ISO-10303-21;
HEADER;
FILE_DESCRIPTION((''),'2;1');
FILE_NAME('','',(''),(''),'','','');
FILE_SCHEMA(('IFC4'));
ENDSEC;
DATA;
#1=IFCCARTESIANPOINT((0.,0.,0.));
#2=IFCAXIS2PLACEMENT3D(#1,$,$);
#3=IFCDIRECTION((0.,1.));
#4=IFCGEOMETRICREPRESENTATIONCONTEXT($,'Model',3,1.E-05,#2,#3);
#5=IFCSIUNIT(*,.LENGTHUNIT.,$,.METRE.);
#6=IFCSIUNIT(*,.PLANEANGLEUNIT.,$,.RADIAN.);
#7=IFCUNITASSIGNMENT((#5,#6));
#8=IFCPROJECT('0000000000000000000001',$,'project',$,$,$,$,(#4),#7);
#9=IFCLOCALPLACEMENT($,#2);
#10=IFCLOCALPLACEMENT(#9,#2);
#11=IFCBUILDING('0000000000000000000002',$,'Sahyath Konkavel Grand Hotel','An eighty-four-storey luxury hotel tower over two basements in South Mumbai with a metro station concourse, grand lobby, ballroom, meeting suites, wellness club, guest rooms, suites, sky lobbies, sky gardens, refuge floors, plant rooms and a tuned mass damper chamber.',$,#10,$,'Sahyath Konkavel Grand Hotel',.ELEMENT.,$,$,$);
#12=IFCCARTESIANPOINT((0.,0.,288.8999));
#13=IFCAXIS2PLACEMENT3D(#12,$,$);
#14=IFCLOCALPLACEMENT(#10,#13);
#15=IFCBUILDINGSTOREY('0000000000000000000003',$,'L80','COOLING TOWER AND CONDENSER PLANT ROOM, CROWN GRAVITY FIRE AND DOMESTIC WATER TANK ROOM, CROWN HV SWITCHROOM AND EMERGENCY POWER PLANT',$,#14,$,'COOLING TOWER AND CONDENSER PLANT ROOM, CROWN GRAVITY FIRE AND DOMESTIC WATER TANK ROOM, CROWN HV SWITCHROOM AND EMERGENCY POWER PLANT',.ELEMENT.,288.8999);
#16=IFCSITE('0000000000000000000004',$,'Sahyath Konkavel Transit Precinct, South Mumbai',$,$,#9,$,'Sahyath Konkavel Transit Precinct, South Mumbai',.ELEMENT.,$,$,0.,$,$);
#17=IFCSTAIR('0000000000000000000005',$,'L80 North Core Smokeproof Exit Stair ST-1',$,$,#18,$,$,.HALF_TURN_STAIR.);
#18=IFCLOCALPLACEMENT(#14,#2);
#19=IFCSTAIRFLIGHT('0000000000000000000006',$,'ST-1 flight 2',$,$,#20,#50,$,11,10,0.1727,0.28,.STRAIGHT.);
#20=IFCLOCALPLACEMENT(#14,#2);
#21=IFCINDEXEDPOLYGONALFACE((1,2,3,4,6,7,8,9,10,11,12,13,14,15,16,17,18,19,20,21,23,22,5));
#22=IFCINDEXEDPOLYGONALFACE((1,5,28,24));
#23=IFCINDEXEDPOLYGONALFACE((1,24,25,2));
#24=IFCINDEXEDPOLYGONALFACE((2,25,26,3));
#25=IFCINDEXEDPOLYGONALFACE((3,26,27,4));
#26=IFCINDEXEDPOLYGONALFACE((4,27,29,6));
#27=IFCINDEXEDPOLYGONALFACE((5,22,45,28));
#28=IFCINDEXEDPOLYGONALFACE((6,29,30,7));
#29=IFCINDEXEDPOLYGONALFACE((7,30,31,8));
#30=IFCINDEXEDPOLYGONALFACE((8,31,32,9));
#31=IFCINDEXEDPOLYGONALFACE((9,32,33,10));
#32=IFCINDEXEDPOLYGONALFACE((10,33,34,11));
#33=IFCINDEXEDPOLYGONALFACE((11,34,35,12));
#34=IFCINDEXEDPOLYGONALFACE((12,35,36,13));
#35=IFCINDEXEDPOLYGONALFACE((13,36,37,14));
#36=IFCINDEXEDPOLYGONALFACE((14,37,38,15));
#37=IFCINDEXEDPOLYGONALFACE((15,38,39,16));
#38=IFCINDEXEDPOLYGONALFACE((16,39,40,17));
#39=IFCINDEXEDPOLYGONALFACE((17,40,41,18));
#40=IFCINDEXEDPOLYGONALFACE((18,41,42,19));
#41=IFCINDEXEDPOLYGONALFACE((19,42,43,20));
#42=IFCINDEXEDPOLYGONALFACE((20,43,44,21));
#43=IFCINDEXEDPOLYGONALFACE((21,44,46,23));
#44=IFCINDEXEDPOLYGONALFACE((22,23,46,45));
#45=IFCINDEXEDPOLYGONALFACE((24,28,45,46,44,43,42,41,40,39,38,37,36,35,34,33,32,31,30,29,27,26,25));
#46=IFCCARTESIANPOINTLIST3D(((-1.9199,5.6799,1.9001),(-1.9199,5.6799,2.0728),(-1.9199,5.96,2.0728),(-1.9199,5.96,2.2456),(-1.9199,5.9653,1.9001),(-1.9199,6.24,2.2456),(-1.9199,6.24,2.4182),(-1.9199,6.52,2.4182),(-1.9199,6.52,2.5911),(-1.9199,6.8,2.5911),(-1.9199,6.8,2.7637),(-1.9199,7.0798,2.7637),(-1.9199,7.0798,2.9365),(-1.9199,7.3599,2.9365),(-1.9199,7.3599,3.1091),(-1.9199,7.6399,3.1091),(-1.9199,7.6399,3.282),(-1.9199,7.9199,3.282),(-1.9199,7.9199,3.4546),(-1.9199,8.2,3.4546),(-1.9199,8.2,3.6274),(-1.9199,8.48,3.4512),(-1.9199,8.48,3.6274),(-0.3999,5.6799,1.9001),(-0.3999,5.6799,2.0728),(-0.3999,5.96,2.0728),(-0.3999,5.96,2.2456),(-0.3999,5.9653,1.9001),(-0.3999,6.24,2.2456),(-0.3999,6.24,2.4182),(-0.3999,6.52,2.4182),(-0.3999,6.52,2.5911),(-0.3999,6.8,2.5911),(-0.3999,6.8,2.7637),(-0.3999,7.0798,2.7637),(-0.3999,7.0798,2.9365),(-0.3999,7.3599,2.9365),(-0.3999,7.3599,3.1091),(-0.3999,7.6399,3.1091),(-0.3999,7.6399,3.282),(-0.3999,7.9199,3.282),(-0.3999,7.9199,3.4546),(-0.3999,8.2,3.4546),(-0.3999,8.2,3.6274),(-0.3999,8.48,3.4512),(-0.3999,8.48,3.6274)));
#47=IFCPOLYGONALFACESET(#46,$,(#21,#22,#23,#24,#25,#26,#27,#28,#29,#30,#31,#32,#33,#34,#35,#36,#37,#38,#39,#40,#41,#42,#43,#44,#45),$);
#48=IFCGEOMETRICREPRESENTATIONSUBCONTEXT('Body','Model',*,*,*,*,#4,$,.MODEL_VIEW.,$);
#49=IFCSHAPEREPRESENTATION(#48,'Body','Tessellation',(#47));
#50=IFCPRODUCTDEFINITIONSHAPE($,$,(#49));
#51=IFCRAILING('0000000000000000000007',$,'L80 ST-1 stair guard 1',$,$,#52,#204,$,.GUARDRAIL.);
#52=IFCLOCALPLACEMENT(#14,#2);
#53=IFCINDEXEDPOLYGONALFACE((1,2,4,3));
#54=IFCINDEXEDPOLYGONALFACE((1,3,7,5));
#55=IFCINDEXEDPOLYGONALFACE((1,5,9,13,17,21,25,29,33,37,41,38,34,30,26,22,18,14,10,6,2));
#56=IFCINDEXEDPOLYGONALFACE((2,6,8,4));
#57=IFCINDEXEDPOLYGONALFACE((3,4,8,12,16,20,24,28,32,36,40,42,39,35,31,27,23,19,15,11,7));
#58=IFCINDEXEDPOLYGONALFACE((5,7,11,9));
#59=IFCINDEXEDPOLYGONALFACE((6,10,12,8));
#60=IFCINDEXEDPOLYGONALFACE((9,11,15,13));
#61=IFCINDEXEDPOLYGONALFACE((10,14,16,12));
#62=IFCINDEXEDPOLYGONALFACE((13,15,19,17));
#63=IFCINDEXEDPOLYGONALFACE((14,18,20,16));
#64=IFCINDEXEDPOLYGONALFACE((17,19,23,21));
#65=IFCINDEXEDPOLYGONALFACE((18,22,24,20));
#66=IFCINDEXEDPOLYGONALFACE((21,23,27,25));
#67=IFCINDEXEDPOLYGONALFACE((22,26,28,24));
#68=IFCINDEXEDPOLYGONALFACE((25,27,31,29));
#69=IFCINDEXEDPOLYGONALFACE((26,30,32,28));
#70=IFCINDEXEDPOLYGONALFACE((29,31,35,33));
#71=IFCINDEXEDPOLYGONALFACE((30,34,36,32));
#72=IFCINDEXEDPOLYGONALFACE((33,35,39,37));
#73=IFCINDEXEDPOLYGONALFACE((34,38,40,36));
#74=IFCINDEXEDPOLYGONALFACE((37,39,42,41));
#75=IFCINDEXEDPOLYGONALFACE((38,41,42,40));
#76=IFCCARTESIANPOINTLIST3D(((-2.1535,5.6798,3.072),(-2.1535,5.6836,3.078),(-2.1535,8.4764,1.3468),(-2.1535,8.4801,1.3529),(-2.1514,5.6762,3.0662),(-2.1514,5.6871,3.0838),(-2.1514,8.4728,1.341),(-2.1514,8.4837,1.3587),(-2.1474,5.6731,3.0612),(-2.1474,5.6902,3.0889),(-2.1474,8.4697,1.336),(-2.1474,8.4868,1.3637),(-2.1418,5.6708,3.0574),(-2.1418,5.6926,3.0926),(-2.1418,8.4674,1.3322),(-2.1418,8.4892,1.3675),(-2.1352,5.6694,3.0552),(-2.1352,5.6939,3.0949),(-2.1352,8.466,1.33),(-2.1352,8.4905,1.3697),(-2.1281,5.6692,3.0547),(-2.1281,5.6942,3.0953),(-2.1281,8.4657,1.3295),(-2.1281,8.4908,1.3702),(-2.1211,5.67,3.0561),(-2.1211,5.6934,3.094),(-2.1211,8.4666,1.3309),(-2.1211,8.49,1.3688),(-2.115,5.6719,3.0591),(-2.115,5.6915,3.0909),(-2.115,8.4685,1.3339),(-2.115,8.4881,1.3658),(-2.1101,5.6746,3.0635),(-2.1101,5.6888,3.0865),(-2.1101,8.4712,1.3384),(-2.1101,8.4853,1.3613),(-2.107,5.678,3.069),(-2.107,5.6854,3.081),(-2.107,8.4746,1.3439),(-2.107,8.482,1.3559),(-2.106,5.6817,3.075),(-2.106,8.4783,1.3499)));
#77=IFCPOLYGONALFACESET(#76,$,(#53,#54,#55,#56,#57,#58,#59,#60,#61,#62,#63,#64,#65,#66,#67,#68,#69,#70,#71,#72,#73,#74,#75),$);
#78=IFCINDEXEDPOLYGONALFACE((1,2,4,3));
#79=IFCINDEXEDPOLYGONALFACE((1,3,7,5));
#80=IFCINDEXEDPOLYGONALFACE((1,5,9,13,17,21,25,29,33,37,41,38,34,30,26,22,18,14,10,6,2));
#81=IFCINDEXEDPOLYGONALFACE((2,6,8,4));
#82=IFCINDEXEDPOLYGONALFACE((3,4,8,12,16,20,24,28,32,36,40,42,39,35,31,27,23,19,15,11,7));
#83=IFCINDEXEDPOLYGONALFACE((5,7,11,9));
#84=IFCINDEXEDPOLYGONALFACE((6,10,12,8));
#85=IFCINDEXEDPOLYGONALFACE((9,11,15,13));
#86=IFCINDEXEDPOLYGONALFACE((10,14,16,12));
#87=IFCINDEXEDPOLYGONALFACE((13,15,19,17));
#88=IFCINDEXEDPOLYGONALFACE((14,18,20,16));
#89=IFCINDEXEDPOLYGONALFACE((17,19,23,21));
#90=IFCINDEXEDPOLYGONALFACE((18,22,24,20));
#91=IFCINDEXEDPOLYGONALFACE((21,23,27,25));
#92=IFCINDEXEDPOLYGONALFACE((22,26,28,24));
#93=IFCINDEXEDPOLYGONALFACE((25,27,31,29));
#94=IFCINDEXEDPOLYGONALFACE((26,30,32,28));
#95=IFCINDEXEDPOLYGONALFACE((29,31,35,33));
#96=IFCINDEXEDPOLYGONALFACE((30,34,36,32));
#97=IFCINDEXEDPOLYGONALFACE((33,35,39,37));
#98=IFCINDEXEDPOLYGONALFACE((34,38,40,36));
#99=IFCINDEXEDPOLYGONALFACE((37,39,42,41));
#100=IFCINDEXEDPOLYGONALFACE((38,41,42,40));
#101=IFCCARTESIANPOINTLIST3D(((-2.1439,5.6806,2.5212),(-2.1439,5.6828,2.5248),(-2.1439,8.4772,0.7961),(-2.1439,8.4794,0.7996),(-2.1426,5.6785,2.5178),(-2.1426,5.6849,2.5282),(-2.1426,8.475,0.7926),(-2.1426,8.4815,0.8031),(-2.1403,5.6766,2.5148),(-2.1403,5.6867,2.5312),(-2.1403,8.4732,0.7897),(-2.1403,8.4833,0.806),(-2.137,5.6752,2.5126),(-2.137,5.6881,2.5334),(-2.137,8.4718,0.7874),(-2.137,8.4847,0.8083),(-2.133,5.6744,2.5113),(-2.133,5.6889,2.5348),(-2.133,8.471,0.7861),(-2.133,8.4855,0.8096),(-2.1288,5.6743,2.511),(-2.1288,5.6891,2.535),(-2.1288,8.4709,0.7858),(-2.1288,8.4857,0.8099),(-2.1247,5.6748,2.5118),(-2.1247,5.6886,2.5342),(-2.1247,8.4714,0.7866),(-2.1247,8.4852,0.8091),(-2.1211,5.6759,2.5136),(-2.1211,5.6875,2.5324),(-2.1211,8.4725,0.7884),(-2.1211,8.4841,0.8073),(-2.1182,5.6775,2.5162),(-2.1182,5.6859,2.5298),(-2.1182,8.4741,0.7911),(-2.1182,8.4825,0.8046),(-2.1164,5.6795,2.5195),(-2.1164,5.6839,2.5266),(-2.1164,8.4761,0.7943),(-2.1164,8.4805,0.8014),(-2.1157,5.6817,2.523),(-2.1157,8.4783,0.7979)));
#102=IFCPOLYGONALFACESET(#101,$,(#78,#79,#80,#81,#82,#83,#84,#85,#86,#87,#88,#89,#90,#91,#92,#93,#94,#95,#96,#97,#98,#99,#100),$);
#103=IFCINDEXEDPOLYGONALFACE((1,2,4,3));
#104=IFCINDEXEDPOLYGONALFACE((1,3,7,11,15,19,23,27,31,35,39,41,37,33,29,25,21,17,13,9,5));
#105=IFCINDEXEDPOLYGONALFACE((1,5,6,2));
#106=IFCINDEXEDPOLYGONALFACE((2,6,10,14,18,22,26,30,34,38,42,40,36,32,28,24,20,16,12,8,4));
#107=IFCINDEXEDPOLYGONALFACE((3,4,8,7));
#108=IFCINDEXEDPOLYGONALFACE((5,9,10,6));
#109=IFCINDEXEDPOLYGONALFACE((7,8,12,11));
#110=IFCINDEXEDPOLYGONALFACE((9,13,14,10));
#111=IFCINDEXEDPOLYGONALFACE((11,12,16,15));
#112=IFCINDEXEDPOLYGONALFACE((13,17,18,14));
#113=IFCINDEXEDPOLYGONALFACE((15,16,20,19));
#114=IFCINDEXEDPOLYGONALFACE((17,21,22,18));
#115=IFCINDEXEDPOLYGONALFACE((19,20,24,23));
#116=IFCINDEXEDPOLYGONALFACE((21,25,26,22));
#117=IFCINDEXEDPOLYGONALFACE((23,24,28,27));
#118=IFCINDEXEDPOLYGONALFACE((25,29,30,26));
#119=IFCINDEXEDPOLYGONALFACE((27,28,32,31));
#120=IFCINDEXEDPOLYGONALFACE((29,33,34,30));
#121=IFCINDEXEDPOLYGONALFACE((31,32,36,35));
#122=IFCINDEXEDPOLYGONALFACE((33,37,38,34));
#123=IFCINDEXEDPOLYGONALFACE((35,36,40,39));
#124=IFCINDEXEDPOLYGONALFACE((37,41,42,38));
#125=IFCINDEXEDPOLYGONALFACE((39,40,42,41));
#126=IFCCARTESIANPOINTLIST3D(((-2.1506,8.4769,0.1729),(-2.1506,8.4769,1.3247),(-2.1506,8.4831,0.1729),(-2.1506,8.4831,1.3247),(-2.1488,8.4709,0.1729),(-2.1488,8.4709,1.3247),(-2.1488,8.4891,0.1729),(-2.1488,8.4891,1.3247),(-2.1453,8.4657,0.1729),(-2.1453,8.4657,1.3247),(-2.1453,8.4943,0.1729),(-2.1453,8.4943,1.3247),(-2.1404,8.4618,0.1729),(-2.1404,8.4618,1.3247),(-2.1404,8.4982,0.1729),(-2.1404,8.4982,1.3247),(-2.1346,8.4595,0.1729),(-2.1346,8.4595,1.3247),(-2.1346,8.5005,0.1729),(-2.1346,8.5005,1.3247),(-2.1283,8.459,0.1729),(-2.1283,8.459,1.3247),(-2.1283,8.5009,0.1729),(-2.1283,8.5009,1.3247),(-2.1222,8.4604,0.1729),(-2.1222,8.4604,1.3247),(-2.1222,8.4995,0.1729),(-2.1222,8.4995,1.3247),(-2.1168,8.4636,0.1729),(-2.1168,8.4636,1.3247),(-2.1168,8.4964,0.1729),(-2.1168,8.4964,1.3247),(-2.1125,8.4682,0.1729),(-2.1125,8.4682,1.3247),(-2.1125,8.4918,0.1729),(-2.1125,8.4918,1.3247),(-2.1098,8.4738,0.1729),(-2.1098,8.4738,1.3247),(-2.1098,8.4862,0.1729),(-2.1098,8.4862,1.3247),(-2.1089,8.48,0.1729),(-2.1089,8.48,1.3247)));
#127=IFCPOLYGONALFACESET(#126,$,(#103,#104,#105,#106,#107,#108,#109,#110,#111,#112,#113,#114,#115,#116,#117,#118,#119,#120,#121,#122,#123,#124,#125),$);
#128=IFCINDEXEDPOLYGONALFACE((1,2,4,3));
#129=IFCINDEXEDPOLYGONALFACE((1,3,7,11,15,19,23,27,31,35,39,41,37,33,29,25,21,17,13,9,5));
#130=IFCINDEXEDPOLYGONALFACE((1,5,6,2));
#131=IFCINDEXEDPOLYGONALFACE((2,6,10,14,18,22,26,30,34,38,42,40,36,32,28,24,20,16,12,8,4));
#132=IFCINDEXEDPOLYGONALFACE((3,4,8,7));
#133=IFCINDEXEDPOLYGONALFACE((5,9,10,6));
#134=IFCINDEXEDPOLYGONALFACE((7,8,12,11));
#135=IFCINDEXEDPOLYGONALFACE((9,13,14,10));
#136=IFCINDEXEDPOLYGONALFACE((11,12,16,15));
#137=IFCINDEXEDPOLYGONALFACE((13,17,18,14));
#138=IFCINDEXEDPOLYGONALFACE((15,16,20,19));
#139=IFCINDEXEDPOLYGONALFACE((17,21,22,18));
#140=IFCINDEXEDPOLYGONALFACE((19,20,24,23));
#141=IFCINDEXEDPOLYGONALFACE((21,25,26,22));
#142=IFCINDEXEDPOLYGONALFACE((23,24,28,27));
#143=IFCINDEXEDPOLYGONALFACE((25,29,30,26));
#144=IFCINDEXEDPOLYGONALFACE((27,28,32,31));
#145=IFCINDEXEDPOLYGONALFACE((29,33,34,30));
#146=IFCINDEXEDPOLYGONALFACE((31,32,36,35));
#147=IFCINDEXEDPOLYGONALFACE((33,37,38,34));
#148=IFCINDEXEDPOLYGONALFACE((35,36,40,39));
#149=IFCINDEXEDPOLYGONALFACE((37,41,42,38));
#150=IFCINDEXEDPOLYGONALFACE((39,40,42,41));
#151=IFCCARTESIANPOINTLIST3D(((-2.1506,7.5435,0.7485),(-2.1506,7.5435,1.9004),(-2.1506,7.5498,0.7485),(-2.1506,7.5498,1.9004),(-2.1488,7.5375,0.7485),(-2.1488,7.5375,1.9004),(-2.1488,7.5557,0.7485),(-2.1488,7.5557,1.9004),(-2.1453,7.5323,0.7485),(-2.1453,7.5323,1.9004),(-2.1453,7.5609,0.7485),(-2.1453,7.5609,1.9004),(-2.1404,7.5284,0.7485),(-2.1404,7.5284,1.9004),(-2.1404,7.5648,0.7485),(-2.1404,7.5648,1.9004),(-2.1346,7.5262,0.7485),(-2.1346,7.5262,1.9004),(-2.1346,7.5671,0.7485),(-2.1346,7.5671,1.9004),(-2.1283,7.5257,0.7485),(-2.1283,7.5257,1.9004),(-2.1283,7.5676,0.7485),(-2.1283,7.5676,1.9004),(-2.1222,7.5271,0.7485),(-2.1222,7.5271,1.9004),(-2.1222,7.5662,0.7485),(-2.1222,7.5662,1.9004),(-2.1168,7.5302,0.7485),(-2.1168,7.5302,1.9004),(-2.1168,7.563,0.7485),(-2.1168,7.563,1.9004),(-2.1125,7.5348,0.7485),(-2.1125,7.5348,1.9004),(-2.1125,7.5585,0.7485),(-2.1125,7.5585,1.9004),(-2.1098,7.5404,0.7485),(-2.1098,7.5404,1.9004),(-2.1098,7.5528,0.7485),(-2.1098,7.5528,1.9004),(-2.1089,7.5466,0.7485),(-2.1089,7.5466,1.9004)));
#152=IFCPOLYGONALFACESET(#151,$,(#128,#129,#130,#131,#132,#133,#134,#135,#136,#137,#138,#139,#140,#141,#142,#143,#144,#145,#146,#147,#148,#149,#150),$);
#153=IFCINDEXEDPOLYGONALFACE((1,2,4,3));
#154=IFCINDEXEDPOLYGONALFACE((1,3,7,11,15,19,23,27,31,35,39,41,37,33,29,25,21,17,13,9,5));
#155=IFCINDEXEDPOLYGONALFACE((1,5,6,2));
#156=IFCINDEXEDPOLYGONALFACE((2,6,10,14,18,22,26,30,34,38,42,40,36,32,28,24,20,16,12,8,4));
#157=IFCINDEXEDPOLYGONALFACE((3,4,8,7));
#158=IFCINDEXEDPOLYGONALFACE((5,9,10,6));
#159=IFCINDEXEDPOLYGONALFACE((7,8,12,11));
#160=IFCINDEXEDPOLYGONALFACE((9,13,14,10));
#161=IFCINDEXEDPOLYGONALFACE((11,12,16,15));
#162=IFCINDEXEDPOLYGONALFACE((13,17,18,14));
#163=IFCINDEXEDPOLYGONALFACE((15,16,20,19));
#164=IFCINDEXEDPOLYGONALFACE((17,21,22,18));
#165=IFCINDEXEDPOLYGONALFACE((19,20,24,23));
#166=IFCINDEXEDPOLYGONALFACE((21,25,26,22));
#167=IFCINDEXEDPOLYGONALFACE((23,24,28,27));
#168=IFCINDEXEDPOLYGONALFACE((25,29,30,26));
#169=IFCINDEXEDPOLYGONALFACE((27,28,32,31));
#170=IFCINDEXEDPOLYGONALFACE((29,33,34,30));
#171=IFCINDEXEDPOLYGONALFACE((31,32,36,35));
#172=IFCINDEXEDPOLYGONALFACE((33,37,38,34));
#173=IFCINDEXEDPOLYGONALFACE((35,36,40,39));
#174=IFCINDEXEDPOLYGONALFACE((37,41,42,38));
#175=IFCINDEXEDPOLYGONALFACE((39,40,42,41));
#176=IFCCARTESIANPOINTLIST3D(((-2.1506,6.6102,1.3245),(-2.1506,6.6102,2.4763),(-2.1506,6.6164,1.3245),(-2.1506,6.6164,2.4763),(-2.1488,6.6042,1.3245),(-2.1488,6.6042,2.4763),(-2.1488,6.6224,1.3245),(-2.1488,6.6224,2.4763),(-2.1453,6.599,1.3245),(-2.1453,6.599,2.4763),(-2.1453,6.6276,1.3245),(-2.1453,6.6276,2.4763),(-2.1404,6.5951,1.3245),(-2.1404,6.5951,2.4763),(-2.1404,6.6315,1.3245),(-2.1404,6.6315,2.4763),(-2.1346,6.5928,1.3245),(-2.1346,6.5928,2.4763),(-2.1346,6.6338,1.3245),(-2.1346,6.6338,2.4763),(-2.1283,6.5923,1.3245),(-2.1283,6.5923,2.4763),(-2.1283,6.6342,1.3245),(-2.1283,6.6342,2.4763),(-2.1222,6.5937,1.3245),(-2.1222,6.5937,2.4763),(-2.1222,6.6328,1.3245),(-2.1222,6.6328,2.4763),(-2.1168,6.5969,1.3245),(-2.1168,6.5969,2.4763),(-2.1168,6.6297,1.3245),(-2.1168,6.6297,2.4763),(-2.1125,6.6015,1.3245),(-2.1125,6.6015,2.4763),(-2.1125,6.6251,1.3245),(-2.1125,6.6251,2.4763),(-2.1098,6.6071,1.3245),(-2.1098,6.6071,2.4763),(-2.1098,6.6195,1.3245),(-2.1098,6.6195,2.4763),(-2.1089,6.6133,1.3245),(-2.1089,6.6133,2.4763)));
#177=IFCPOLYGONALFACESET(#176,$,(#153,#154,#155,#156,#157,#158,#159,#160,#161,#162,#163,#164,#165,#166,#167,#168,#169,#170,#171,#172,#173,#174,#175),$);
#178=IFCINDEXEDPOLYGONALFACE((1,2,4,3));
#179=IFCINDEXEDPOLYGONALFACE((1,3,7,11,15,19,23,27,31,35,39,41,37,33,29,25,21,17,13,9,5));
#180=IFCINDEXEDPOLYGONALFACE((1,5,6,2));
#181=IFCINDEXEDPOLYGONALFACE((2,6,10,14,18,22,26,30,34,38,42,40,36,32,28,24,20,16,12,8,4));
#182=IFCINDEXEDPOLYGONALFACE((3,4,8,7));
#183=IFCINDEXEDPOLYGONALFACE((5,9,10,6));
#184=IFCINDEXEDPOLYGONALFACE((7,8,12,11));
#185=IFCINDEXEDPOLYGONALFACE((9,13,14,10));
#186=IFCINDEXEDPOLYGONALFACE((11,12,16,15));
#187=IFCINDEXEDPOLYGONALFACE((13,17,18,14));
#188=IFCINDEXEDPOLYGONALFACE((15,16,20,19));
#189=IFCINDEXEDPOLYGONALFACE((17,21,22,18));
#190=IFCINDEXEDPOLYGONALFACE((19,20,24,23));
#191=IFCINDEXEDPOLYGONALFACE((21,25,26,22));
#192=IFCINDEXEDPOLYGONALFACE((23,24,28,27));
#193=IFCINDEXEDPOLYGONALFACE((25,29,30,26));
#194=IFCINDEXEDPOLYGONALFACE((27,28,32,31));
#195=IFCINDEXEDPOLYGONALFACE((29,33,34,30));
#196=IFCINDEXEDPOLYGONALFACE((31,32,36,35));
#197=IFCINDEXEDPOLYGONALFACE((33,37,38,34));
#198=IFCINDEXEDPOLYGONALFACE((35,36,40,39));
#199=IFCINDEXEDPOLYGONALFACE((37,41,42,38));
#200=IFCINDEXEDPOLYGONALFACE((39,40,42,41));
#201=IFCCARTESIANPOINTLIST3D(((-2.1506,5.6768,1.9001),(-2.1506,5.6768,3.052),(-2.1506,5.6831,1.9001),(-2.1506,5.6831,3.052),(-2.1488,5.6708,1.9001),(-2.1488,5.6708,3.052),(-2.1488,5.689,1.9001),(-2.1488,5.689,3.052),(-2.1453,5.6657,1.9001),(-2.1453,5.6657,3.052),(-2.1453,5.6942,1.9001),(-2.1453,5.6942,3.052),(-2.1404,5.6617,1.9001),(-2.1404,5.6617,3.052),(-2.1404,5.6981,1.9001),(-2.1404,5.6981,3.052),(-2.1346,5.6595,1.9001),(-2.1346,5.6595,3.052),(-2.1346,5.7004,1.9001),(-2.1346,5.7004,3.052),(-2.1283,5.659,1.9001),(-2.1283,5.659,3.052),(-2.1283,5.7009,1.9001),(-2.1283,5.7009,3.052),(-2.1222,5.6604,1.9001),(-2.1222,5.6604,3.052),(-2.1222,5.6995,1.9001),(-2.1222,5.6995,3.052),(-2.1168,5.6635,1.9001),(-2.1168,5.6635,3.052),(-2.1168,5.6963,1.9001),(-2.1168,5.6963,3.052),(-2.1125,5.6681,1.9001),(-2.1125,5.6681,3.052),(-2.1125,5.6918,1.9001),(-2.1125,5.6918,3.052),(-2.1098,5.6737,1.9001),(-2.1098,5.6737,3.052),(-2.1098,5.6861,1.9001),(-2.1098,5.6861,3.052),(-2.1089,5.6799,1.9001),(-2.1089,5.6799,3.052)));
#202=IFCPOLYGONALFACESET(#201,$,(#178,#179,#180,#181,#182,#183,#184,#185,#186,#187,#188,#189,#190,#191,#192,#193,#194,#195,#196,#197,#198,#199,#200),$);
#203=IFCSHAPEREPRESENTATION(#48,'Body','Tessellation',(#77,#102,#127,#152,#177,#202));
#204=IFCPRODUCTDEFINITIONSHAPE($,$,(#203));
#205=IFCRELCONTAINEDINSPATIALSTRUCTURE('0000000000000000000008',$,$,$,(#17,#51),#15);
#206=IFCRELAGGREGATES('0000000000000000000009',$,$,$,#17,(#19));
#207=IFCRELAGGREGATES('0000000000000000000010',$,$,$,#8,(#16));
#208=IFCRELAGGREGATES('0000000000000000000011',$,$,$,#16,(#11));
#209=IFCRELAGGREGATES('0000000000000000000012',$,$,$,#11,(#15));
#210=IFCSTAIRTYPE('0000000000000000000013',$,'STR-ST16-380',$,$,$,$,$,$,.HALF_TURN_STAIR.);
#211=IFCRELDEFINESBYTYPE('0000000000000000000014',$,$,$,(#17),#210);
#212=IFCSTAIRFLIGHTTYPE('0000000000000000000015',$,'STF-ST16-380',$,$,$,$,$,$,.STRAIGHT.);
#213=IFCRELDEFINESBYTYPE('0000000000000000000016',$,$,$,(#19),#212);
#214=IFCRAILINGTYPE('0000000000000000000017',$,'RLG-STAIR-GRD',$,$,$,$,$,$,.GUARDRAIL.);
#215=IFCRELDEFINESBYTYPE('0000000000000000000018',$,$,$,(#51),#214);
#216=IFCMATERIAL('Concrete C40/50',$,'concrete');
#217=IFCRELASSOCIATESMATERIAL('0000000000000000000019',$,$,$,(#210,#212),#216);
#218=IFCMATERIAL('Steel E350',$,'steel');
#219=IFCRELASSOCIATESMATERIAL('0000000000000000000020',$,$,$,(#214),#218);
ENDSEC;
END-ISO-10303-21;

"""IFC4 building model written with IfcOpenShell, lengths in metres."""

from ifc_helpers import new_model, si_unit, direction, frame, origin, origin_2d, place, context, subcontext, project, spatial, polyline, circle, outline, extrude, material, type_object, element, aggregate, save


model = new_model("IFC4")

# Units and contexts
model_context = context("Model", 3, precision=1e-05, world=origin(), true_north=direction((0.0, 1.0)))
body_context = subcontext(model_context, "Body", "Model", "MODEL_VIEW")
ifc_project = project(units=[si_unit("LENGTHUNIT", "METRE"), si_unit("PLANEANGLEUNIT", "RADIAN")], contexts=[model_context])

# Site, building, storey
site_placement = place(None, origin())
site = spatial("IfcSite", under=ifc_project, at=site_placement, Name="Sahyath Konkavel Transit Precinct, South Mumbai", LongName="Sahyath Konkavel Transit Precinct, South Mumbai", CompositionType="ELEMENT", RefElevation=0.0)
building_placement = place(site_placement, origin())
building = spatial("IfcBuilding", under=site, at=building_placement, Name="Sahyath Konkavel Grand Hotel", Description="An eighty-four-storey luxury hotel tower over two basements in South Mumbai with a metro station concourse, grand lobby, ballroom, meeting suites, wellness club, guest rooms, suites, sky lobbies, sky gardens, refuge floors, plant rooms and a tuned mass damper chamber.", LongName="Sahyath Konkavel Grand Hotel", CompositionType="ELEMENT")
storey_placement = place(building_placement, frame((0.0, 0.0, 288.8999)))
storey = spatial("IfcBuildingStorey", under=building, at=storey_placement, Name="L80", Description="COOLING TOWER AND CONDENSER PLANT ROOM, CROWN GRAVITY FIRE AND DOMESTIC WATER TANK ROOM, CROWN HV SWITCHROOM AND EMERGENCY POWER PLANT", LongName="COOLING TOWER AND CONDENSER PLANT ROOM, CROWN GRAVITY FIRE AND DOMESTIC WATER TANK ROOM, CROWN HV SWITCHROOM AND EMERGENCY POWER PLANT", CompositionType="ELEMENT", Elevation=288.8999)

# Shared definitions
ifc_material_1 = material(Name="Concrete C40/50", Category="concrete")

# Shared definitions
ifc_material_2 = material(Name="Steel E350", Category="steel")

# Stair, stair flight
stair_type = type_object("IfcStairType", Name="STR-ST16-380", PredefinedType="HALF_TURN_STAIR", material=ifc_material_1)
stair_placement = place(storey_placement, origin())
stair = element("IfcStair", 1, at=stair_placement, inside=storey, type_object=stair_type, Name="L80 North Core Smokeproof Exit Stair ST-1", PredefinedType="HALF_TURN_STAIR")
stair_flight_type = type_object("IfcStairFlightType", Name="STF-ST16-380", PredefinedType="STRAIGHT", material=ifc_material_1)
stair_flight_1_placement = place(storey_placement, frame((-1.1599, 5.6799, 1.9001), z_axis=(0.0, 0.0, 1.0), x_axis=(0.0, 1.0, 0.0)))
stair_flight_1 = element("IfcStairFlight", 2, at=stair_flight_1_placement, type_object=stair_flight_type, Name="ST-1 flight 2", NumberOfRisers=11, NumberOfTreads=10, PredefinedType="STRAIGHT", RiserHeight=0.1727, TreadLength=0.28, context=body_context, shape_type="SweptSolid", body=[
    extrude(outline(polyline([(0.0, 0.0), (0.0, 0.1726), (0.28, 0.1726), (0.28, 0.3455), (0.5601, 0.3455), (0.5601, 0.5181), (0.8401, 0.5181), (0.8401, 0.6909), (1.1201, 0.6909), (1.1201, 0.8635), (1.3999, 0.8635), (1.3999, 1.0364), (1.6799, 1.0364), (1.6799, 1.209), (1.96, 1.209), (1.96, 1.3818), (2.24, 1.3818), (2.24, 1.5544), (2.52, 1.5544), (2.52, 1.7273), (2.8, 1.7273), (2.8, 1.8999), (2.8, 1.551), (0.2854, 0.0), (0.0, 0.0)])), frame((0.0, 0.76, 0.0), z_axis=(0.0, -1.0, 0.0), x_axis=(1.0, 0.0, 0.0)), (0.0, 0.0, 1.0), 1.52),
])
aggregate(stair, [stair_flight_1])

# Railing
railing_type_1 = type_object("IfcRailingType", Name="RLG-STAIR-GRD", PredefinedType="GUARDRAIL", material=ifc_material_2)
railing_1_placement = place(storey_placement, frame((-2.1299, 8.48, 0.1729)))
element("IfcRailing", 3, at=railing_1_placement, inside=storey, type_object=railing_type_1, Name="L80 ST-1 stair guard 1", PredefinedType="GUARDRAIL", context=body_context, shape_type="SweptSolid", body=[
    extrude(circle(Radius=0.0239, at=origin_2d()), frame((0.0, -0.0017, 1.177), z_axis=(0.0, -0.85109, 0.52502), x_axis=(1.0, 0.0, 0.0)), (0.0, 0.0, 1.0), 3.2859),
    extrude(circle(Radius=0.0142, at=origin_2d()), frame((0.0, -0.0017, 0.625), z_axis=(0.0, -0.85109, 0.52502), x_axis=(1.0, 0.0, 0.0)), (0.0, 0.0, 1.0), 3.2859),
    extrude(circle(Radius=0.021, at=origin_2d()), origin(), (0.0, 0.0, 1.0), 1.1519),
    extrude(circle(Radius=0.021, at=origin_2d()), frame((0.0, -0.9333, 0.5757)), (0.0, 0.0, 1.0), 1.1519),
    extrude(circle(Radius=0.021, at=origin_2d()), frame((0.0, -1.8667, 1.1516)), (0.0, 0.0, 1.0), 1.1519),
    extrude(circle(Radius=0.021, at=origin_2d()), frame((0.0, -2.8, 1.7273)), (0.0, 0.0, 1.0), 1.1519),
])

save(model, "model.ifc")
